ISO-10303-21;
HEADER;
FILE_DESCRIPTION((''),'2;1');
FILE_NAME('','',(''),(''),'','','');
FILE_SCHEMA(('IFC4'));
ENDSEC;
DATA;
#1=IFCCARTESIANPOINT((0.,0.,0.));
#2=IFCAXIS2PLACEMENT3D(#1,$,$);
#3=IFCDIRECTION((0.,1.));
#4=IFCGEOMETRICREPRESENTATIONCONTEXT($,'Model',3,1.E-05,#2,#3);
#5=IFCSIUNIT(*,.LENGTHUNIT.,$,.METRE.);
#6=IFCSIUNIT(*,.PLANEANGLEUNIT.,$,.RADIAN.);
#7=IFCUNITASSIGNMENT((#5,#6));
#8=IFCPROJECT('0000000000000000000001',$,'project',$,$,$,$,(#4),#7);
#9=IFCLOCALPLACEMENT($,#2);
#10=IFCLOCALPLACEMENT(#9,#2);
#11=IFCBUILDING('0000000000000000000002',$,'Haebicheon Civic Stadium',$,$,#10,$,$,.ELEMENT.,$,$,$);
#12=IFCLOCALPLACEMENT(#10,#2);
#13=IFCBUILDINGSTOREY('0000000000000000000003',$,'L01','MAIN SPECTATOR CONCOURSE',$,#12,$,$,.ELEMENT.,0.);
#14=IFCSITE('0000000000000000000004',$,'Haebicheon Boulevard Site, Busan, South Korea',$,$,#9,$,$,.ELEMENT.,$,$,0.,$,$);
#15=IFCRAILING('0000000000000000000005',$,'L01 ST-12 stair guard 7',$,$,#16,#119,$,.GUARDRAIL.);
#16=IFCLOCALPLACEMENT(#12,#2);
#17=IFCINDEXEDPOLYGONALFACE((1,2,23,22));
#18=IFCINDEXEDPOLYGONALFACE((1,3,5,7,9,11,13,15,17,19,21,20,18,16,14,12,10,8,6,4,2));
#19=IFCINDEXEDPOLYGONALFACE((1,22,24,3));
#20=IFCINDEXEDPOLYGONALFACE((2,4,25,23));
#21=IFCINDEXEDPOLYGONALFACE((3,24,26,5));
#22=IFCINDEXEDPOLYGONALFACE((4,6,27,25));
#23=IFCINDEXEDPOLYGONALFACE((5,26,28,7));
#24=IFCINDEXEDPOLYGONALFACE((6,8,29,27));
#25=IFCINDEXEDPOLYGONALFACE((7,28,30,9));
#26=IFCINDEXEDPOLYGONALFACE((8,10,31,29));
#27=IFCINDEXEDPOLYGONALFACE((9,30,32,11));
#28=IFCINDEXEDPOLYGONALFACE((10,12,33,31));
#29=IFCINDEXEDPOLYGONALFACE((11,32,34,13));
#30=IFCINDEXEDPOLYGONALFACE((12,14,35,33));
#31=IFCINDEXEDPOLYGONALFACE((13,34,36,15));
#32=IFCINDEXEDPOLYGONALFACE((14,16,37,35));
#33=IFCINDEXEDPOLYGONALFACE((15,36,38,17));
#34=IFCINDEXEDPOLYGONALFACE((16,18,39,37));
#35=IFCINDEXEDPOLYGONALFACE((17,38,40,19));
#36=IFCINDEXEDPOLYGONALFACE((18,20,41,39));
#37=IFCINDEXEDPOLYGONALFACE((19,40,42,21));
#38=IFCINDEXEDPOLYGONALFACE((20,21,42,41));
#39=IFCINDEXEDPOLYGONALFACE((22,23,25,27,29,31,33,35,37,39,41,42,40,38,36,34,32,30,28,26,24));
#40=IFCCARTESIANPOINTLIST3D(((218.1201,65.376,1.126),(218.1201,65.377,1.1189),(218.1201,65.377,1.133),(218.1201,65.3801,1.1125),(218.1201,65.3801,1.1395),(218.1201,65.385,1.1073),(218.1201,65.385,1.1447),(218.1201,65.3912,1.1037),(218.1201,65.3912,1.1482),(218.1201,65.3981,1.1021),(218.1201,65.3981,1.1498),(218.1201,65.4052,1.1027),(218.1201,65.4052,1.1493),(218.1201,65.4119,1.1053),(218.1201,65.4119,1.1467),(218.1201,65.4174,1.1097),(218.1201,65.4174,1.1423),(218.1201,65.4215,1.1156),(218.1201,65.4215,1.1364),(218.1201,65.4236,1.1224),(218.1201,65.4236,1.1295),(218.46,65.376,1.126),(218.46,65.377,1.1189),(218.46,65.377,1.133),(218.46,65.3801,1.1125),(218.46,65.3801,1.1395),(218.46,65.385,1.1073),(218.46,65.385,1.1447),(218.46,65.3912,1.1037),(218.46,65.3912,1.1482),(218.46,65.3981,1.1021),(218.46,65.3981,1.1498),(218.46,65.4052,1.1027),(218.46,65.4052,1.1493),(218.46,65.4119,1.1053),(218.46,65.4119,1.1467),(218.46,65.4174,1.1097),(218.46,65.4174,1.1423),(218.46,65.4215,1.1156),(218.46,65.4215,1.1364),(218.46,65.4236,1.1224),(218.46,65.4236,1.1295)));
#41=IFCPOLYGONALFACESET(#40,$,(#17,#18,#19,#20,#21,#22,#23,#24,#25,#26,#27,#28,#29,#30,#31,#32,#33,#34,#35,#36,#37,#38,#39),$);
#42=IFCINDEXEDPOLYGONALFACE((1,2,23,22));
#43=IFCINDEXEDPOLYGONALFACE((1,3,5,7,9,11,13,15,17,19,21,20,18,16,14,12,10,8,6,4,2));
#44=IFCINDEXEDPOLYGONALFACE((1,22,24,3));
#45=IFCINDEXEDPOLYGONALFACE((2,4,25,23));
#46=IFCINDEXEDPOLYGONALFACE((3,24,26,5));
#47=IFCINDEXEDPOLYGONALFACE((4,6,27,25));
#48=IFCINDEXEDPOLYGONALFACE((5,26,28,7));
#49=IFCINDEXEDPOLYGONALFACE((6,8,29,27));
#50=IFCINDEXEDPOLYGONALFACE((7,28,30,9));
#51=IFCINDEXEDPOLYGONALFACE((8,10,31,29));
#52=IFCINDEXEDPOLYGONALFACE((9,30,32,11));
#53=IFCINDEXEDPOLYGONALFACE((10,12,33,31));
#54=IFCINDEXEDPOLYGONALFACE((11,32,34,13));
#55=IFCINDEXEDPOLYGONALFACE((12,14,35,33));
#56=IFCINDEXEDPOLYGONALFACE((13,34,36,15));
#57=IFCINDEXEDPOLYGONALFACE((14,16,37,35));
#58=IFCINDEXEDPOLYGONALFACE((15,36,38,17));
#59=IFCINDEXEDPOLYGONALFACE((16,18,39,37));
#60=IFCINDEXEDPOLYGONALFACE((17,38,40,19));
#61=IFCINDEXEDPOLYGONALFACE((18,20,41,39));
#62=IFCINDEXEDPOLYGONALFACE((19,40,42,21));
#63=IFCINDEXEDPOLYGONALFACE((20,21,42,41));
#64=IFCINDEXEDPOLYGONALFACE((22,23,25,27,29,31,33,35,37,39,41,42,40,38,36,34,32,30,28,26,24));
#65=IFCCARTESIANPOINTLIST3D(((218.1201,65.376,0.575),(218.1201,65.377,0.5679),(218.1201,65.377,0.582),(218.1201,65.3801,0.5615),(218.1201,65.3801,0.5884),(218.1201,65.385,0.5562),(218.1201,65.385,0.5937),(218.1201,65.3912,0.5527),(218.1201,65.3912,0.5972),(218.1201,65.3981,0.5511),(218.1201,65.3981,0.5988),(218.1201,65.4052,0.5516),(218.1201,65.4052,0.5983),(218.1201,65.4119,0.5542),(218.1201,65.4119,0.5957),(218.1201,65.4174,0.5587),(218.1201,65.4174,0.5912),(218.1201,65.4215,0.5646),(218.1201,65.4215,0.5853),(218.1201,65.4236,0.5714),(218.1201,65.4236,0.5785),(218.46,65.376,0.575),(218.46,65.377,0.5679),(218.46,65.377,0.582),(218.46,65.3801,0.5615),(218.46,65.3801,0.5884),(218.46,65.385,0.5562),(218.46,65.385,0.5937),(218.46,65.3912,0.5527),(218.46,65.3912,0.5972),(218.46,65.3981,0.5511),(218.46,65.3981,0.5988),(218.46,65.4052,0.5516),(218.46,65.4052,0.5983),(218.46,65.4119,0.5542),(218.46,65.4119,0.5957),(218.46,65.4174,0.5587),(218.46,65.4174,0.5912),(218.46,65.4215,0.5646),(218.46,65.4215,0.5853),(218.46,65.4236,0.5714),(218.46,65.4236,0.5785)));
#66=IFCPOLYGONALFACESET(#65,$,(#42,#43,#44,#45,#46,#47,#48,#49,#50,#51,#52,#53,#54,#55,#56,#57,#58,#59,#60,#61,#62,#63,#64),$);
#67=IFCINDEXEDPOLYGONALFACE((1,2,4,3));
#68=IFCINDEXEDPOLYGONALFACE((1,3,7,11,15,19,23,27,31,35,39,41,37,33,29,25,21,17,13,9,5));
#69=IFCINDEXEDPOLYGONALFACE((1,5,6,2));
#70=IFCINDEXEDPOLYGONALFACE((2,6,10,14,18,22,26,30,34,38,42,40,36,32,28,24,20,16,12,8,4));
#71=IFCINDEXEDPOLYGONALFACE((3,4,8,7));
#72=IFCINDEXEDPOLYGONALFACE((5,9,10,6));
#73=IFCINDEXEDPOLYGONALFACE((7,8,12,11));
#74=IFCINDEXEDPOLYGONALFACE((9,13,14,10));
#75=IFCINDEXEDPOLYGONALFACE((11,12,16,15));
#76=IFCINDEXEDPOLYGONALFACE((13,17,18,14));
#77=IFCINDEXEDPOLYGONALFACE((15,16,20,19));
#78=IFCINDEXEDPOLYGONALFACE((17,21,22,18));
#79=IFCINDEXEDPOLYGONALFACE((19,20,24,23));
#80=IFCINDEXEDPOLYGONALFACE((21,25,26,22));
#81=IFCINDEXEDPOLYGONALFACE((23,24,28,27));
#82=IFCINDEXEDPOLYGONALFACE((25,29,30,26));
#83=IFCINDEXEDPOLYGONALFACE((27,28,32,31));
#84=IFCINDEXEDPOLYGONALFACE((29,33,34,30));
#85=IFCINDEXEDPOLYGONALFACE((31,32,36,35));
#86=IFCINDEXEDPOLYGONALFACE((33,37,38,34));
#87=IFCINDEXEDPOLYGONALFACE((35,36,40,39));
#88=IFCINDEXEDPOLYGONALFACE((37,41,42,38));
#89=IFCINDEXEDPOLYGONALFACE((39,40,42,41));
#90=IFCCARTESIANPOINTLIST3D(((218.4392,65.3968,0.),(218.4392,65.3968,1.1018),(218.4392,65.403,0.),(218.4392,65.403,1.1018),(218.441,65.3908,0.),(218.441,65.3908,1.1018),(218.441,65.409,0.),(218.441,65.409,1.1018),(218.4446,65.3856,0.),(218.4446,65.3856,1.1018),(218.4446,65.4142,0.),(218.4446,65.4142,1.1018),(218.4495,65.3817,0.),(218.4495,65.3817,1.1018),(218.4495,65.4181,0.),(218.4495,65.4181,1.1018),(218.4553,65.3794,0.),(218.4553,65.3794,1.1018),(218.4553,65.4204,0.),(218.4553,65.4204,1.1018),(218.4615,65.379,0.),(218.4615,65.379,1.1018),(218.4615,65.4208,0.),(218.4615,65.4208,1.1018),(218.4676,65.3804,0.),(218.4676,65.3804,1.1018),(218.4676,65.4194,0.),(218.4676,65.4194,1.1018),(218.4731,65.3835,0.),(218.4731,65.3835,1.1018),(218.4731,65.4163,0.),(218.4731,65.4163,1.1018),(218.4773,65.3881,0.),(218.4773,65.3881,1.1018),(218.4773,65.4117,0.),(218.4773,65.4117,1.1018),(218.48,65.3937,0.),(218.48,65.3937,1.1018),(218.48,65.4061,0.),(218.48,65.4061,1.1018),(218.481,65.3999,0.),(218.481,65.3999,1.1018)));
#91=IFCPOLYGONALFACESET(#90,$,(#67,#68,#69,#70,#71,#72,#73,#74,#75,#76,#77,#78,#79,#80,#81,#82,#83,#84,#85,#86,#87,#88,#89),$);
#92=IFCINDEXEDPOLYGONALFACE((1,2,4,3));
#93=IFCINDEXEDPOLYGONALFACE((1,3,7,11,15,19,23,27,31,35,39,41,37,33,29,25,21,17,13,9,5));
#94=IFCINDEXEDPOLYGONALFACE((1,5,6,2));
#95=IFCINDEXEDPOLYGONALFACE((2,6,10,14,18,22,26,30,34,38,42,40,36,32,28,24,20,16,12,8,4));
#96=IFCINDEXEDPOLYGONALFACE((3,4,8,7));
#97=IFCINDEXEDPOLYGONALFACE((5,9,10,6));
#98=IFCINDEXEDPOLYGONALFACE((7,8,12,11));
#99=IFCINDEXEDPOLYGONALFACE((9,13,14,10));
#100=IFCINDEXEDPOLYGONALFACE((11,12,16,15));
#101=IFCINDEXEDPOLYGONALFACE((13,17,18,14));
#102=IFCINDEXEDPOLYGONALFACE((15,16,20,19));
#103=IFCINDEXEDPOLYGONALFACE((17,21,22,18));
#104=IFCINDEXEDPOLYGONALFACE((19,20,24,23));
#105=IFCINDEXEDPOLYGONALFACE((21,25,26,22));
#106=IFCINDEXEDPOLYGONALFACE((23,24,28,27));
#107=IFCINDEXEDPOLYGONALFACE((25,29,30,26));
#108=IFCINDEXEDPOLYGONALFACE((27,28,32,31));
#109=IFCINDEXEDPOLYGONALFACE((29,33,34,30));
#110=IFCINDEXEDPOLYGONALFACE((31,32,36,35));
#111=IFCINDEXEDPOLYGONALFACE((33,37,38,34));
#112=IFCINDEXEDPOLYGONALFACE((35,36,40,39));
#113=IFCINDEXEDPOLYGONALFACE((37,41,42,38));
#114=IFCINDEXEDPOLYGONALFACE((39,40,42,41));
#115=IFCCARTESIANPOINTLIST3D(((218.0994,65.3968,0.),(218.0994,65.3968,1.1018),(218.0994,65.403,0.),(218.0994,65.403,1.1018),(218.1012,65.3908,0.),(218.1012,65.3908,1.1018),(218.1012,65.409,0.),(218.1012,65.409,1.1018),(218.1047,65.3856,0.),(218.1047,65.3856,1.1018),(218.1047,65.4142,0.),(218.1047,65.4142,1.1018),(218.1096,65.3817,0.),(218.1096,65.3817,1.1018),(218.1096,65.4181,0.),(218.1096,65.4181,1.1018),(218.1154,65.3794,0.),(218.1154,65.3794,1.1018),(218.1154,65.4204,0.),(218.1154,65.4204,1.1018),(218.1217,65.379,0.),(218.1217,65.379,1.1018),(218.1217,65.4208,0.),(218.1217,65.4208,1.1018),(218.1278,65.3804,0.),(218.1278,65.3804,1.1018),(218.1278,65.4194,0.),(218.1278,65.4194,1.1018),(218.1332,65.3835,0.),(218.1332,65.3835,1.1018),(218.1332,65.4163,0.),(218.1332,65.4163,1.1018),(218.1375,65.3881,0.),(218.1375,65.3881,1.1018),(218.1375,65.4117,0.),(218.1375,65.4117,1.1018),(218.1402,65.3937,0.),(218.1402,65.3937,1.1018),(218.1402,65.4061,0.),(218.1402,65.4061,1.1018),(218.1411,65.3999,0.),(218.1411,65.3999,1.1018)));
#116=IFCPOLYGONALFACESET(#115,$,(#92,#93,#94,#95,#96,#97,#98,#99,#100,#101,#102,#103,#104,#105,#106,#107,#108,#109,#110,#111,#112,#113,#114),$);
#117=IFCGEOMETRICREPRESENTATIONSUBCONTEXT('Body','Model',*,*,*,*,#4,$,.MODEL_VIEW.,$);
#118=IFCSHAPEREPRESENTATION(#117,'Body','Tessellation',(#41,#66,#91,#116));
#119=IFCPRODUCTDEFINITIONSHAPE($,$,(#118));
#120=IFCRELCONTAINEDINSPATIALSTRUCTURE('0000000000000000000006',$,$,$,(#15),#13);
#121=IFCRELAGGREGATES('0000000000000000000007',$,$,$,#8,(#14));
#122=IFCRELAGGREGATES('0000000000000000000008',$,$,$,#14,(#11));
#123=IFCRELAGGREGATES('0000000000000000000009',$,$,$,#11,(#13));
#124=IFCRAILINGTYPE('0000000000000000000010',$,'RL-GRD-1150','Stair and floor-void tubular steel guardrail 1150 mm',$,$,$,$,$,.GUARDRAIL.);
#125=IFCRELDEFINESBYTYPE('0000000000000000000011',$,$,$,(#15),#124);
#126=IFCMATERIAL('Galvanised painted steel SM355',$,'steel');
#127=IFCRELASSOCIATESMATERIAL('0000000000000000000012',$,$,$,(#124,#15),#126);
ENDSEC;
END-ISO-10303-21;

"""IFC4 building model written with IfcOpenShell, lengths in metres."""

from ifc_helpers import new_model, si_unit, direction, frame, origin, origin_2d, place, context, subcontext, project, spatial, circle, extrude, material, type_object, element, save


model = new_model("IFC4")

# Units and contexts
model_context = context("Model", 3, precision=1e-05, world=origin(), true_north=direction((0.0, 1.0)))
body_context = subcontext(model_context, "Body", "Model", "MODEL_VIEW")
ifc_project = project(units=[si_unit("LENGTHUNIT", "METRE"), si_unit("PLANEANGLEUNIT", "RADIAN")], contexts=[model_context])

# Site, building, storey
site_placement = place(None, origin())
site = spatial("IfcSite", under=ifc_project, at=site_placement, Name="Haebicheon Boulevard Site, Busan, South Korea", CompositionType="ELEMENT", RefElevation=0.0)
building_placement = place(site_placement, origin())
building = spatial("IfcBuilding", under=site, at=building_placement, Name="Haebicheon Civic Stadium", CompositionType="ELEMENT")
storey_placement = place(building_placement, origin())
storey = spatial("IfcBuildingStorey", under=building, at=storey_placement, Name="L01", Description="MAIN SPECTATOR CONCOURSE", CompositionType="ELEMENT", Elevation=0.0)

# Railing
ifc_material_1 = material(Name="Galvanised painted steel SM355", Category="steel")
railing_type_1 = type_object("IfcRailingType", Name="RL-GRD-1150", Description="Stair and floor-void tubular steel guardrail 1150 mm", PredefinedType="GUARDRAIL", material=ifc_material_1)
railing_1_placement = place(storey_placement, frame((218.46, 65.3999, 0.0)))
element("IfcRailing", 1, at=railing_1_placement, inside=storey, type_object=railing_type_1, material=ifc_material_1, Name="L01 ST-12 stair guard 7", PredefinedType="GUARDRAIL", context=body_context, shape_type="SweptSolid", body=[
    extrude(circle(Radius=0.0239, at=origin_2d()), frame((0.0, 0.0, 1.126), z_axis=(-1.0, 0.0, 0.0), x_axis=(0.0, -1.0, 0.0)), (0.0, 0.0, 1.0), 0.3398),
    extrude(circle(Radius=0.0239, at=origin_2d()), frame((0.0, 0.0, 0.575), z_axis=(-1.0, 0.0, 0.0), x_axis=(0.0, -1.0, 0.0)), (0.0, 0.0, 1.0), 0.3398),
    extrude(circle(Radius=0.021, at=origin_2d()), origin(), (0.0, 0.0, 1.0), 1.1018),
    extrude(circle(Radius=0.021, at=origin_2d()), frame((-0.3398, 0.0, 0.0)), (0.0, 0.0, 1.0), 1.1018),
])

save(model, "model.ifc")
